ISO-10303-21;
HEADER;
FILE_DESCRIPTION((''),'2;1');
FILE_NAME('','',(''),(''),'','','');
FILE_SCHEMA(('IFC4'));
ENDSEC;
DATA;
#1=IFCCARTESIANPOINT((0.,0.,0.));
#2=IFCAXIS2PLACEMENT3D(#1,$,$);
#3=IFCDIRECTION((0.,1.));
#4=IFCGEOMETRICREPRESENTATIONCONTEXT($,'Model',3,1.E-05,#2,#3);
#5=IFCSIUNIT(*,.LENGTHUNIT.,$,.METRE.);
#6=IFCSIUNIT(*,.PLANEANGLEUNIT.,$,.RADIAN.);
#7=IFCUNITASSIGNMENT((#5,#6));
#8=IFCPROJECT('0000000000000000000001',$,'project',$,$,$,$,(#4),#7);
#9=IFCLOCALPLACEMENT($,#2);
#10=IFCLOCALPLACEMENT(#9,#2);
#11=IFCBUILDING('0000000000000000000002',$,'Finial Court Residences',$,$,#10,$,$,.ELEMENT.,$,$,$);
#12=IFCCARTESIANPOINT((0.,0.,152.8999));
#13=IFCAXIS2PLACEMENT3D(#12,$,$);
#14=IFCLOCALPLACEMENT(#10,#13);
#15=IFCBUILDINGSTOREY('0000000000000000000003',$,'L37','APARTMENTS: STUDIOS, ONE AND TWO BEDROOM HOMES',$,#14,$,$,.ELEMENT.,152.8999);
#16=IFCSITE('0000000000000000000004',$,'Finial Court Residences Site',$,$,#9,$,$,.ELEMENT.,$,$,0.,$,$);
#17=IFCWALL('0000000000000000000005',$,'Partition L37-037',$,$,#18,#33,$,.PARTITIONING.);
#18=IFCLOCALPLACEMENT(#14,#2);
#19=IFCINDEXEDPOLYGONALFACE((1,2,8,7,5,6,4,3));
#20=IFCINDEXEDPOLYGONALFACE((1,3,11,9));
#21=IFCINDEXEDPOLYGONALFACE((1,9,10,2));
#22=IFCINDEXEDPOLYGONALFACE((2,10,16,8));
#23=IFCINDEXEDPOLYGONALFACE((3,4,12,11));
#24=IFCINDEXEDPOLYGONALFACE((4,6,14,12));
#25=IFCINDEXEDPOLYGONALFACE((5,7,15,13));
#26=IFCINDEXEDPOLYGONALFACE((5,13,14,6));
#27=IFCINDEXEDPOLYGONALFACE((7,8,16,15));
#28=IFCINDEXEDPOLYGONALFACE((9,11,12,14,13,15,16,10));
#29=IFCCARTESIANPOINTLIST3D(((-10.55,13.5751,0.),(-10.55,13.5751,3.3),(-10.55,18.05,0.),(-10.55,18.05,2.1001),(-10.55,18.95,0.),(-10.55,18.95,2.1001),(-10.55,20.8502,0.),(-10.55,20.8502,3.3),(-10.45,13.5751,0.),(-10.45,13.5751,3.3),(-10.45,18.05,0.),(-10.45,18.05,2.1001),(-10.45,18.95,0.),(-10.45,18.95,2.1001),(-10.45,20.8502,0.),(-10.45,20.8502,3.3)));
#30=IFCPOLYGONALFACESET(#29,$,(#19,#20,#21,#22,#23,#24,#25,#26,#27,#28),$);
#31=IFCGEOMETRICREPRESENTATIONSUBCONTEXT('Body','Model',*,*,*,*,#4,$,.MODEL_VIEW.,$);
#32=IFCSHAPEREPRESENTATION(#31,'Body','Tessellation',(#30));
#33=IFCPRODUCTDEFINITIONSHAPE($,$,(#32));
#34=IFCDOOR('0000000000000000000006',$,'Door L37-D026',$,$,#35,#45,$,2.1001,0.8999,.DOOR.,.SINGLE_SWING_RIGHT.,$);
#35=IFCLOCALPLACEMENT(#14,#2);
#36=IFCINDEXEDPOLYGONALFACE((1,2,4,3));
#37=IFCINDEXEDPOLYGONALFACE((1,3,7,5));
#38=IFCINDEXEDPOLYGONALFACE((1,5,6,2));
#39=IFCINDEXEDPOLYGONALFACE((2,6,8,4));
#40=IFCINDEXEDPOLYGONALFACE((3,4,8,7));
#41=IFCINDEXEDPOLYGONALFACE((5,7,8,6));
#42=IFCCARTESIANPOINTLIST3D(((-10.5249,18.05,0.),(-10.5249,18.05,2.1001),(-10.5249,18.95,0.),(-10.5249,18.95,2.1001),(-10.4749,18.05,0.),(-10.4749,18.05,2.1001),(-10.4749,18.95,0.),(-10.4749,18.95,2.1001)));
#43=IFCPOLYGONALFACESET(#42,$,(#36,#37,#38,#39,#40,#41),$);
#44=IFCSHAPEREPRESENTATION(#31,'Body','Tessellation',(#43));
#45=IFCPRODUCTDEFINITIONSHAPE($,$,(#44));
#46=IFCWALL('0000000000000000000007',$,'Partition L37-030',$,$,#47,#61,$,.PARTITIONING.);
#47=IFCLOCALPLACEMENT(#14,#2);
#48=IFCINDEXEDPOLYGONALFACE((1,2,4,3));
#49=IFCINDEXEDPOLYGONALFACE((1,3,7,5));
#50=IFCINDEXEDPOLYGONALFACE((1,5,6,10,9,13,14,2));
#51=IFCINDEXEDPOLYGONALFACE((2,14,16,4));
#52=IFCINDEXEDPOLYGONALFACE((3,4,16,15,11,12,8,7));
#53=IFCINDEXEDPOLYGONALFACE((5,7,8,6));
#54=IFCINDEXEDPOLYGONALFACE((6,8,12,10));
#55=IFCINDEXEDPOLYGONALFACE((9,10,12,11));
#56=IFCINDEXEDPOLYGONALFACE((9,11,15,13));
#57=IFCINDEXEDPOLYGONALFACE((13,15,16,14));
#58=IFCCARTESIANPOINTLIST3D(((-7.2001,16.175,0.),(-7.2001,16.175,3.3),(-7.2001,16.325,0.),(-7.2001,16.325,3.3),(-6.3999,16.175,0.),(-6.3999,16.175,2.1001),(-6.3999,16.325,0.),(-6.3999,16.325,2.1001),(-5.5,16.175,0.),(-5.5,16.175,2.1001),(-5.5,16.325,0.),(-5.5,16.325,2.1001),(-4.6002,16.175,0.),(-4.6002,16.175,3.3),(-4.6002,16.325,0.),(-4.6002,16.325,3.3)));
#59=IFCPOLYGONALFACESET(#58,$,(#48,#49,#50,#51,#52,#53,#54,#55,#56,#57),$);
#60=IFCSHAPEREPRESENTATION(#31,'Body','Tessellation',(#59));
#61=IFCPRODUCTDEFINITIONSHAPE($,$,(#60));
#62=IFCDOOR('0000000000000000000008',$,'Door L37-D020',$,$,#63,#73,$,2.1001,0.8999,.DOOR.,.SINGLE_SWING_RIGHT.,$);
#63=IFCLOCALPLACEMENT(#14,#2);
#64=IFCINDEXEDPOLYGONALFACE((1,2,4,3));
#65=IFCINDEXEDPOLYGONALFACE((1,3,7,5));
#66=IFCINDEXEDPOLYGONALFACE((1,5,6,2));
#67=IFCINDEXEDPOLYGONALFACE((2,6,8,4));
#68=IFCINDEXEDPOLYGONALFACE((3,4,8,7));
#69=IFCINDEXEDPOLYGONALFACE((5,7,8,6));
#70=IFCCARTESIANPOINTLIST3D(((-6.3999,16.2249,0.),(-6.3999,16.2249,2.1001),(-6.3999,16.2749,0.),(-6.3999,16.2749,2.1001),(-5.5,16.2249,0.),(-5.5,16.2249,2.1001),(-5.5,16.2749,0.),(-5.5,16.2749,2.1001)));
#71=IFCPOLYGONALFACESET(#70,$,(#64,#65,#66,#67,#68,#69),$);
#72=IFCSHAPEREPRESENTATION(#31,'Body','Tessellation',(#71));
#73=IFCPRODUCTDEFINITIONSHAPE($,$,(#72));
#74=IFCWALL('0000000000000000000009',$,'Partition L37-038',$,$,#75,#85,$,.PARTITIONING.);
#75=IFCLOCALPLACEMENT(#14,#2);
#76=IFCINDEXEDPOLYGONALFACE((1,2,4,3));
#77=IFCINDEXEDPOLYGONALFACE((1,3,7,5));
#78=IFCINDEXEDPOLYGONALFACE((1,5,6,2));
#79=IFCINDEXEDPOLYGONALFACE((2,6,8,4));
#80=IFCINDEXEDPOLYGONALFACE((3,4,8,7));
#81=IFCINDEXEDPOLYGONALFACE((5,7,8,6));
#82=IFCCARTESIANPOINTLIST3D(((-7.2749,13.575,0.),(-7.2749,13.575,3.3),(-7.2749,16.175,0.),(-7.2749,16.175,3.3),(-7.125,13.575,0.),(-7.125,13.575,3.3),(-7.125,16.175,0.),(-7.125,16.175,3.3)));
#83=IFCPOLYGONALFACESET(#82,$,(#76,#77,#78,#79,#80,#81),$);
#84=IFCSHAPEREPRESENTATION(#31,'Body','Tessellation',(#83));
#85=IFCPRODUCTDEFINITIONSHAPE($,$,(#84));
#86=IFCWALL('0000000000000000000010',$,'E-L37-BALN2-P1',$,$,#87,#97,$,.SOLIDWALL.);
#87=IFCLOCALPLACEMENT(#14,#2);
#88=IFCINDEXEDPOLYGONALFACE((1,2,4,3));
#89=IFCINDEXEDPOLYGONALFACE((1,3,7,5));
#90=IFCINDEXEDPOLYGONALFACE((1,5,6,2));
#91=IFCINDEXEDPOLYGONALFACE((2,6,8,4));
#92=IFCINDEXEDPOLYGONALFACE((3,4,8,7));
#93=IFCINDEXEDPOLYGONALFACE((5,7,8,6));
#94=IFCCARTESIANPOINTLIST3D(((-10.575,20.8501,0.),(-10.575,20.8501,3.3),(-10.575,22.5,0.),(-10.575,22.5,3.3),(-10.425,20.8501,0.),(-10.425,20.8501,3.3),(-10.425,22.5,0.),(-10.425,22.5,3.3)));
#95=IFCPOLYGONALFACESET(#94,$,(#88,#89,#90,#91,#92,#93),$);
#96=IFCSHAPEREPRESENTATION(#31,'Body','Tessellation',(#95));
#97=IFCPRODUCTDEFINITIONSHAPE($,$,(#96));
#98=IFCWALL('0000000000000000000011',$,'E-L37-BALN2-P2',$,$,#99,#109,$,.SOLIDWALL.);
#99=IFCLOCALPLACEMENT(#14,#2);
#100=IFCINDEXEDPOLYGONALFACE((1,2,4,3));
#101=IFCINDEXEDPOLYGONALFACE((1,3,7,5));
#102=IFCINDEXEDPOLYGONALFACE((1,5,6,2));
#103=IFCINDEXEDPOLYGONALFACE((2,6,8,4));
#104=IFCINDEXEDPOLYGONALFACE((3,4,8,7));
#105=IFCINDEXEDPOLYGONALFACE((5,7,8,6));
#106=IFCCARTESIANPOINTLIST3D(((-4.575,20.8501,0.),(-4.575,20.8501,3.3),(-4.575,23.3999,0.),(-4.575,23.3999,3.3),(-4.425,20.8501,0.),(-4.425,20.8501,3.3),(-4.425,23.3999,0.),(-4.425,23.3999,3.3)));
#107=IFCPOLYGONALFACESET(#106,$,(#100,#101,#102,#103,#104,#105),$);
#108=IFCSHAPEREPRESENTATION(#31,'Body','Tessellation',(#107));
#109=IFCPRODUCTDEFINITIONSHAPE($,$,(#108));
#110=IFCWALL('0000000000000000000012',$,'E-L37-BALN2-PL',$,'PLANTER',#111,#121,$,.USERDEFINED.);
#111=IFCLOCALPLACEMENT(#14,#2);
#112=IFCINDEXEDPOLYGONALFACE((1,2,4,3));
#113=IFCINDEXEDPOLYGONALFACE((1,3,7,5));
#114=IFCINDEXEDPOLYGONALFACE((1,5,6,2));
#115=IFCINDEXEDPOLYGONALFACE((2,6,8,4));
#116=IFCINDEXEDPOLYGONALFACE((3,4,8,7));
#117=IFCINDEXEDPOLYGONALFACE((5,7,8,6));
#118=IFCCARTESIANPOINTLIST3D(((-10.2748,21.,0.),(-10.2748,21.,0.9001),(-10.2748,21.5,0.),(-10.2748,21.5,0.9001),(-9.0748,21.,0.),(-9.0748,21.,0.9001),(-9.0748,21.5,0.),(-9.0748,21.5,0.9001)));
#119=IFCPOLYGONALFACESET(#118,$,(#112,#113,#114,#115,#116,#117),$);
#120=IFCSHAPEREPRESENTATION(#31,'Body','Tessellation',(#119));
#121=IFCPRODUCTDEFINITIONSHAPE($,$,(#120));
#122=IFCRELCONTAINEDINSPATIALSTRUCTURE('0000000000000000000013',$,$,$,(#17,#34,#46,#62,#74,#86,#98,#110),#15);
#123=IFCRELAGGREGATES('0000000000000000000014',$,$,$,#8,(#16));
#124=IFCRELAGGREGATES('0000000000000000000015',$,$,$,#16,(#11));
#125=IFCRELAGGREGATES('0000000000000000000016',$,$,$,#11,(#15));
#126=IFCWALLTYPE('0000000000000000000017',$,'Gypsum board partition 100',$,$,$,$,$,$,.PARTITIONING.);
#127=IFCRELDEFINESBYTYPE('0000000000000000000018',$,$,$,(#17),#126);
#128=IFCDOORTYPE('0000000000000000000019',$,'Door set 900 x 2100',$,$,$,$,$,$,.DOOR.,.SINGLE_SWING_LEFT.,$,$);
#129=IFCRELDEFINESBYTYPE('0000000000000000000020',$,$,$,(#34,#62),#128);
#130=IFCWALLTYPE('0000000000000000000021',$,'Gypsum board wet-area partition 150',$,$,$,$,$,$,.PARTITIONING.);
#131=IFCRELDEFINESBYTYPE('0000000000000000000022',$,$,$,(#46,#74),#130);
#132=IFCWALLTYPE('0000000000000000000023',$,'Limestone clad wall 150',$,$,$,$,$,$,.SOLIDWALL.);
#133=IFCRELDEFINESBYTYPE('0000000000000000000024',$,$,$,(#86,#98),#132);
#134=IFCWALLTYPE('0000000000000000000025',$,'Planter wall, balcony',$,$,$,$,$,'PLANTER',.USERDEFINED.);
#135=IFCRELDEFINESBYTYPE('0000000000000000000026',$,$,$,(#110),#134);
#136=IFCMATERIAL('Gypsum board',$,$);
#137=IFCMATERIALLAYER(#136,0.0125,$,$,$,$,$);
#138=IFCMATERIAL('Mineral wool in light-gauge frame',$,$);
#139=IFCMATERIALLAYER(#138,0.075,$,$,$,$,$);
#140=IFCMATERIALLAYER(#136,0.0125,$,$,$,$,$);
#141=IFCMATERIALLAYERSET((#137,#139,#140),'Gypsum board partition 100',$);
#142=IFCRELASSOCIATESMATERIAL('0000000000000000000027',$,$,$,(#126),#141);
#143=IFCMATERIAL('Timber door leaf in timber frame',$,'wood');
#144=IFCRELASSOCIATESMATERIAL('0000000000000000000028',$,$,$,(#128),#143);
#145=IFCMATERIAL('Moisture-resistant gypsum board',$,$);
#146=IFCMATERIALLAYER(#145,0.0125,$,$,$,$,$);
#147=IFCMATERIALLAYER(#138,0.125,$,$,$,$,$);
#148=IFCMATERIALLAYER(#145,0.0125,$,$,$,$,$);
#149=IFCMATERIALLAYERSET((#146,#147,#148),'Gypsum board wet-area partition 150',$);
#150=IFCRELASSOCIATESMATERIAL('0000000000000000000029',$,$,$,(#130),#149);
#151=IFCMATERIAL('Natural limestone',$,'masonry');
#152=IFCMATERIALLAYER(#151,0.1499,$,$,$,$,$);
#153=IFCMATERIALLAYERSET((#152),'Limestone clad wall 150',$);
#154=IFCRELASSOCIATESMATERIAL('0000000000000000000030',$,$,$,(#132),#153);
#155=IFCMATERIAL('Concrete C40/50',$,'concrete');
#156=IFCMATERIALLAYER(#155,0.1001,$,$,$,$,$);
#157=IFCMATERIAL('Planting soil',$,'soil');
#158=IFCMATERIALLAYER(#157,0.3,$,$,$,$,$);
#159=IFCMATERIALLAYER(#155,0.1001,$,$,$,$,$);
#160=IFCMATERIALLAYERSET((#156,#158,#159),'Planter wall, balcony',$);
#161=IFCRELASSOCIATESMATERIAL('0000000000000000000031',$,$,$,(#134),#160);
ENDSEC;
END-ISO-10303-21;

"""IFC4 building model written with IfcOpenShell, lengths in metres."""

from ifc_helpers import new_model, si_unit, direction, frame, frame_2d, origin, place, context, subcontext, project, spatial, rectangle, extrude, material, layer, layer_set, type_object, element, fill, save


model = new_model("IFC4")

# Units and contexts
model_context = context("Model", 3, precision=1e-05, world=origin(), true_north=direction((0.0, 1.0)))
body_context = subcontext(model_context, "Body", "Model", "MODEL_VIEW")
ifc_project = project(units=[si_unit("LENGTHUNIT", "METRE"), si_unit("PLANEANGLEUNIT", "RADIAN")], contexts=[model_context])

# Site, building, storey
site_placement = place(None, origin())
site = spatial("IfcSite", under=ifc_project, at=site_placement, Name="Finial Court Residences Site", CompositionType="ELEMENT", RefElevation=0.0)
building_placement = place(site_placement, origin())
building = spatial("IfcBuilding", under=site, at=building_placement, Name="Finial Court Residences", CompositionType="ELEMENT")
storey_placement = place(building_placement, frame((0.0, 0.0, 152.8999)))
storey = spatial("IfcBuildingStorey", under=building, at=storey_placement, Name="L37", Description="APARTMENTS: STUDIOS, ONE AND TWO BEDROOM HOMES", CompositionType="ELEMENT", Elevation=152.8999)

# Shared definitions
ifc_material_1 = material(Name="Gypsum board")
ifc_layer_1 = layer(ifc_material_1, 0.0125)
ifc_material_2 = material(Name="Mineral wool in light-gauge frame")
ifc_layer_2 = layer(ifc_material_2, 0.075)
ifc_layer_3 = layer(ifc_material_1, 0.0125)
ifc_layer_set_1 = layer_set([ifc_layer_1, ifc_layer_2, ifc_layer_3], Name="Gypsum board partition 100")
wall_type_1 = type_object("IfcWallType", Name="Gypsum board partition 100", PredefinedType="PARTITIONING", material=ifc_layer_set_1)

# Walls, openings, doors
ifc_material_3 = material(Name="Timber door leaf in timber frame", Category="wood")
door_type_1 = type_object("IfcDoorType", Name="Door set 900 x 2100", OperationType="SINGLE_SWING_LEFT", PredefinedType="DOOR", material=ifc_material_3)
wall_1_placement = place(storey_placement, frame((-10.5, 13.575, 0.0), z_axis=(0.0, 0.0, 1.0), x_axis=(0.0, 1.0, 0.0)))
wall_1 = element("IfcWall", 1, at=wall_1_placement, inside=storey, type_object=wall_type_1, Name="Partition L37-037", PredefinedType="PARTITIONING", context=body_context, shape_type="SweptSolid", body=[
    extrude(rectangle(XDim=7.2751, YDim=0.1001, at=frame_2d((3.6377, 0.0))), origin(), (0.0, 0.0, 1.0), 3.3),
])
opening_1_placement = place(wall_1_placement, frame((4.4751, 0.0, 0.0)))
opening_1 = element("IfcOpeningElement", 2, at=opening_1_placement, cuts=wall_1, PredefinedType="OPENING", context=body_context, shape_type="SweptSolid", body=[
    extrude(rectangle(XDim=0.8999, YDim=2.1001, at=frame_2d((0.45, 1.05))), frame((0.0, 0.0601, 0.0), z_axis=(0.0, -1.0, 0.0), x_axis=(1.0, 0.0, 0.0)), (0.0, 0.0, 1.0), 0.1201),
])
door_1_placement = place(opening_1_placement, origin())
door_1 = element("IfcDoor", 3, at=door_1_placement, inside=storey, type_object=door_type_1, Name="Door L37-D026", OperationType="SINGLE_SWING_RIGHT", OverallHeight=2.1001, OverallWidth=0.8999, PredefinedType="DOOR", context=body_context, shape_type="SweptSolid", body=[
    extrude(rectangle(XDim=0.8999, YDim=2.1001, at=frame_2d((0.45, 1.05))), frame((0.0, 0.0249, 0.0), z_axis=(0.0, -1.0, 0.0), x_axis=(1.0, 0.0, 0.0)), (0.0, 0.0, 1.0), 0.05),
])
fill(opening_1, door_1)
ifc_material_4 = material(Name="Moisture-resistant gypsum board")
ifc_layer_4 = layer(ifc_material_4, 0.0125)
ifc_layer_5 = layer(ifc_material_2, 0.125)
ifc_layer_6 = layer(ifc_material_4, 0.0125)
ifc_layer_set_2 = layer_set([ifc_layer_4, ifc_layer_5, ifc_layer_6], Name="Gypsum board wet-area partition 150")
wall_type_2 = type_object("IfcWallType", Name="Gypsum board wet-area partition 150", PredefinedType="PARTITIONING", material=ifc_layer_set_2)
wall_2_placement = place(storey_placement, frame((-7.2, 16.25, 0.0), z_axis=(0.0, 0.0, 1.0), x_axis=(1.0, 0.0, 0.0)))
wall_2 = element("IfcWall", 4, at=wall_2_placement, inside=storey, type_object=wall_type_2, Name="Partition L37-030", PredefinedType="PARTITIONING", context=body_context, shape_type="SweptSolid", body=[
    extrude(rectangle(XDim=2.5999, YDim=0.1499, at=frame_2d((1.2998, 0.0))), origin(), (0.0, 0.0, 1.0), 3.3),
])
opening_2_placement = place(wall_2_placement, frame((0.8, 0.0, 0.0)))
opening_2 = element("IfcOpeningElement", 5, at=opening_2_placement, cuts=wall_2, PredefinedType="OPENING", context=body_context, shape_type="SweptSolid", body=[
    extrude(rectangle(XDim=0.8999, YDim=2.1001, at=frame_2d((0.45, 1.05))), frame((0.0, 0.085, 0.0), z_axis=(0.0, -1.0, 0.0), x_axis=(1.0, 0.0, 0.0)), (0.0, 0.0, 1.0), 0.1699),
])
door_2_placement = place(opening_2_placement, origin())
door_2 = element("IfcDoor", 6, at=door_2_placement, inside=storey, type_object=door_type_1, Name="Door L37-D020", OperationType="SINGLE_SWING_RIGHT", OverallHeight=2.1001, OverallWidth=0.8999, PredefinedType="DOOR", context=body_context, shape_type="SweptSolid", body=[
    extrude(rectangle(XDim=0.8999, YDim=2.1001, at=frame_2d((0.45, 1.05))), frame((0.0, 0.0249, 0.0), z_axis=(0.0, -1.0, 0.0), x_axis=(1.0, 0.0, 0.0)), (0.0, 0.0, 1.0), 0.05),
])
fill(opening_2, door_2)

# Walls
wall_3_placement = place(storey_placement, frame((-7.2, 13.575, 0.0), z_axis=(0.0, 0.0, 1.0), x_axis=(0.0, 1.0, 0.0)))
element("IfcWall", 7, at=wall_3_placement, inside=storey, type_object=wall_type_2, Name="Partition L37-038", PredefinedType="PARTITIONING", context=body_context, shape_type="SweptSolid", body=[
    extrude(rectangle(XDim=2.6001, YDim=0.1499, at=frame_2d((1.3, 0.0))), origin(), (0.0, 0.0, 1.0), 3.3),
])
ifc_material_5 = material(Name="Natural limestone", Category="masonry")
ifc_layer_7 = layer(ifc_material_5, 0.1499)
ifc_layer_set_3 = layer_set([ifc_layer_7], Name="Limestone clad wall 150")
wall_type_3 = type_object("IfcWallType", Name="Limestone clad wall 150", PredefinedType="SOLIDWALL", material=ifc_layer_set_3)
wall_4_placement = place(storey_placement, frame((-10.5, 20.8501, 0.0), z_axis=(0.0, 0.0, 1.0), x_axis=(0.0, 1.0, 0.0)))
element("IfcWall", 8, at=wall_4_placement, inside=storey, type_object=wall_type_3, Name="E-L37-BALN2-P1", PredefinedType="SOLIDWALL", context=body_context, shape_type="SweptSolid", body=[
    extrude(rectangle(XDim=1.6499, YDim=0.1499, at=frame_2d((0.825, 0.0))), origin(), (0.0, 0.0, 1.0), 3.3),
])
wall_5_placement = place(storey_placement, frame((-4.5, 20.8501, 0.0), z_axis=(0.0, 0.0, 1.0), x_axis=(0.0, 1.0, 0.0)))
element("IfcWall", 9, at=wall_5_placement, inside=storey, type_object=wall_type_3, Name="E-L37-BALN2-P2", PredefinedType="SOLIDWALL", context=body_context, shape_type="SweptSolid", body=[
    extrude(rectangle(XDim=2.5498, YDim=0.1499, at=frame_2d((1.2749, 0.0))), origin(), (0.0, 0.0, 1.0), 3.3),
])

# Wall
ifc_material_6 = material(Name="Concrete C40/50", Category="concrete")
ifc_layer_8 = layer(ifc_material_6, 0.1001)
ifc_material_7 = material(Name="Planting soil", Category="soil")
ifc_layer_9 = layer(ifc_material_7, 0.3)
ifc_layer_10 = layer(ifc_material_6, 0.1001)
ifc_layer_set_4 = layer_set([ifc_layer_8, ifc_layer_9, ifc_layer_10], Name="Planter wall, balcony")
wall_type_4 = type_object("IfcWallType", Name="Planter wall, balcony", ElementType="PLANTER", PredefinedType="USERDEFINED", material=ifc_layer_set_4)
wall_6_placement = place(storey_placement, frame((-10.2749, 21.25, 0.0), z_axis=(0.0, 0.0, 1.0), x_axis=(1.0, 0.0, 0.0)))
element("IfcWall", 10, at=wall_6_placement, inside=storey, type_object=wall_type_4, Name="E-L37-BALN2-PL", ObjectType="PLANTER", PredefinedType="USERDEFINED", context=body_context, shape_type="SweptSolid", body=[
    extrude(rectangle(XDim=1.2, YDim=0.5, at=frame_2d((0.6001, 0.0))), origin(), (0.0, 0.0, 1.0), 0.9001),
])

save(model, "model.ifc")
